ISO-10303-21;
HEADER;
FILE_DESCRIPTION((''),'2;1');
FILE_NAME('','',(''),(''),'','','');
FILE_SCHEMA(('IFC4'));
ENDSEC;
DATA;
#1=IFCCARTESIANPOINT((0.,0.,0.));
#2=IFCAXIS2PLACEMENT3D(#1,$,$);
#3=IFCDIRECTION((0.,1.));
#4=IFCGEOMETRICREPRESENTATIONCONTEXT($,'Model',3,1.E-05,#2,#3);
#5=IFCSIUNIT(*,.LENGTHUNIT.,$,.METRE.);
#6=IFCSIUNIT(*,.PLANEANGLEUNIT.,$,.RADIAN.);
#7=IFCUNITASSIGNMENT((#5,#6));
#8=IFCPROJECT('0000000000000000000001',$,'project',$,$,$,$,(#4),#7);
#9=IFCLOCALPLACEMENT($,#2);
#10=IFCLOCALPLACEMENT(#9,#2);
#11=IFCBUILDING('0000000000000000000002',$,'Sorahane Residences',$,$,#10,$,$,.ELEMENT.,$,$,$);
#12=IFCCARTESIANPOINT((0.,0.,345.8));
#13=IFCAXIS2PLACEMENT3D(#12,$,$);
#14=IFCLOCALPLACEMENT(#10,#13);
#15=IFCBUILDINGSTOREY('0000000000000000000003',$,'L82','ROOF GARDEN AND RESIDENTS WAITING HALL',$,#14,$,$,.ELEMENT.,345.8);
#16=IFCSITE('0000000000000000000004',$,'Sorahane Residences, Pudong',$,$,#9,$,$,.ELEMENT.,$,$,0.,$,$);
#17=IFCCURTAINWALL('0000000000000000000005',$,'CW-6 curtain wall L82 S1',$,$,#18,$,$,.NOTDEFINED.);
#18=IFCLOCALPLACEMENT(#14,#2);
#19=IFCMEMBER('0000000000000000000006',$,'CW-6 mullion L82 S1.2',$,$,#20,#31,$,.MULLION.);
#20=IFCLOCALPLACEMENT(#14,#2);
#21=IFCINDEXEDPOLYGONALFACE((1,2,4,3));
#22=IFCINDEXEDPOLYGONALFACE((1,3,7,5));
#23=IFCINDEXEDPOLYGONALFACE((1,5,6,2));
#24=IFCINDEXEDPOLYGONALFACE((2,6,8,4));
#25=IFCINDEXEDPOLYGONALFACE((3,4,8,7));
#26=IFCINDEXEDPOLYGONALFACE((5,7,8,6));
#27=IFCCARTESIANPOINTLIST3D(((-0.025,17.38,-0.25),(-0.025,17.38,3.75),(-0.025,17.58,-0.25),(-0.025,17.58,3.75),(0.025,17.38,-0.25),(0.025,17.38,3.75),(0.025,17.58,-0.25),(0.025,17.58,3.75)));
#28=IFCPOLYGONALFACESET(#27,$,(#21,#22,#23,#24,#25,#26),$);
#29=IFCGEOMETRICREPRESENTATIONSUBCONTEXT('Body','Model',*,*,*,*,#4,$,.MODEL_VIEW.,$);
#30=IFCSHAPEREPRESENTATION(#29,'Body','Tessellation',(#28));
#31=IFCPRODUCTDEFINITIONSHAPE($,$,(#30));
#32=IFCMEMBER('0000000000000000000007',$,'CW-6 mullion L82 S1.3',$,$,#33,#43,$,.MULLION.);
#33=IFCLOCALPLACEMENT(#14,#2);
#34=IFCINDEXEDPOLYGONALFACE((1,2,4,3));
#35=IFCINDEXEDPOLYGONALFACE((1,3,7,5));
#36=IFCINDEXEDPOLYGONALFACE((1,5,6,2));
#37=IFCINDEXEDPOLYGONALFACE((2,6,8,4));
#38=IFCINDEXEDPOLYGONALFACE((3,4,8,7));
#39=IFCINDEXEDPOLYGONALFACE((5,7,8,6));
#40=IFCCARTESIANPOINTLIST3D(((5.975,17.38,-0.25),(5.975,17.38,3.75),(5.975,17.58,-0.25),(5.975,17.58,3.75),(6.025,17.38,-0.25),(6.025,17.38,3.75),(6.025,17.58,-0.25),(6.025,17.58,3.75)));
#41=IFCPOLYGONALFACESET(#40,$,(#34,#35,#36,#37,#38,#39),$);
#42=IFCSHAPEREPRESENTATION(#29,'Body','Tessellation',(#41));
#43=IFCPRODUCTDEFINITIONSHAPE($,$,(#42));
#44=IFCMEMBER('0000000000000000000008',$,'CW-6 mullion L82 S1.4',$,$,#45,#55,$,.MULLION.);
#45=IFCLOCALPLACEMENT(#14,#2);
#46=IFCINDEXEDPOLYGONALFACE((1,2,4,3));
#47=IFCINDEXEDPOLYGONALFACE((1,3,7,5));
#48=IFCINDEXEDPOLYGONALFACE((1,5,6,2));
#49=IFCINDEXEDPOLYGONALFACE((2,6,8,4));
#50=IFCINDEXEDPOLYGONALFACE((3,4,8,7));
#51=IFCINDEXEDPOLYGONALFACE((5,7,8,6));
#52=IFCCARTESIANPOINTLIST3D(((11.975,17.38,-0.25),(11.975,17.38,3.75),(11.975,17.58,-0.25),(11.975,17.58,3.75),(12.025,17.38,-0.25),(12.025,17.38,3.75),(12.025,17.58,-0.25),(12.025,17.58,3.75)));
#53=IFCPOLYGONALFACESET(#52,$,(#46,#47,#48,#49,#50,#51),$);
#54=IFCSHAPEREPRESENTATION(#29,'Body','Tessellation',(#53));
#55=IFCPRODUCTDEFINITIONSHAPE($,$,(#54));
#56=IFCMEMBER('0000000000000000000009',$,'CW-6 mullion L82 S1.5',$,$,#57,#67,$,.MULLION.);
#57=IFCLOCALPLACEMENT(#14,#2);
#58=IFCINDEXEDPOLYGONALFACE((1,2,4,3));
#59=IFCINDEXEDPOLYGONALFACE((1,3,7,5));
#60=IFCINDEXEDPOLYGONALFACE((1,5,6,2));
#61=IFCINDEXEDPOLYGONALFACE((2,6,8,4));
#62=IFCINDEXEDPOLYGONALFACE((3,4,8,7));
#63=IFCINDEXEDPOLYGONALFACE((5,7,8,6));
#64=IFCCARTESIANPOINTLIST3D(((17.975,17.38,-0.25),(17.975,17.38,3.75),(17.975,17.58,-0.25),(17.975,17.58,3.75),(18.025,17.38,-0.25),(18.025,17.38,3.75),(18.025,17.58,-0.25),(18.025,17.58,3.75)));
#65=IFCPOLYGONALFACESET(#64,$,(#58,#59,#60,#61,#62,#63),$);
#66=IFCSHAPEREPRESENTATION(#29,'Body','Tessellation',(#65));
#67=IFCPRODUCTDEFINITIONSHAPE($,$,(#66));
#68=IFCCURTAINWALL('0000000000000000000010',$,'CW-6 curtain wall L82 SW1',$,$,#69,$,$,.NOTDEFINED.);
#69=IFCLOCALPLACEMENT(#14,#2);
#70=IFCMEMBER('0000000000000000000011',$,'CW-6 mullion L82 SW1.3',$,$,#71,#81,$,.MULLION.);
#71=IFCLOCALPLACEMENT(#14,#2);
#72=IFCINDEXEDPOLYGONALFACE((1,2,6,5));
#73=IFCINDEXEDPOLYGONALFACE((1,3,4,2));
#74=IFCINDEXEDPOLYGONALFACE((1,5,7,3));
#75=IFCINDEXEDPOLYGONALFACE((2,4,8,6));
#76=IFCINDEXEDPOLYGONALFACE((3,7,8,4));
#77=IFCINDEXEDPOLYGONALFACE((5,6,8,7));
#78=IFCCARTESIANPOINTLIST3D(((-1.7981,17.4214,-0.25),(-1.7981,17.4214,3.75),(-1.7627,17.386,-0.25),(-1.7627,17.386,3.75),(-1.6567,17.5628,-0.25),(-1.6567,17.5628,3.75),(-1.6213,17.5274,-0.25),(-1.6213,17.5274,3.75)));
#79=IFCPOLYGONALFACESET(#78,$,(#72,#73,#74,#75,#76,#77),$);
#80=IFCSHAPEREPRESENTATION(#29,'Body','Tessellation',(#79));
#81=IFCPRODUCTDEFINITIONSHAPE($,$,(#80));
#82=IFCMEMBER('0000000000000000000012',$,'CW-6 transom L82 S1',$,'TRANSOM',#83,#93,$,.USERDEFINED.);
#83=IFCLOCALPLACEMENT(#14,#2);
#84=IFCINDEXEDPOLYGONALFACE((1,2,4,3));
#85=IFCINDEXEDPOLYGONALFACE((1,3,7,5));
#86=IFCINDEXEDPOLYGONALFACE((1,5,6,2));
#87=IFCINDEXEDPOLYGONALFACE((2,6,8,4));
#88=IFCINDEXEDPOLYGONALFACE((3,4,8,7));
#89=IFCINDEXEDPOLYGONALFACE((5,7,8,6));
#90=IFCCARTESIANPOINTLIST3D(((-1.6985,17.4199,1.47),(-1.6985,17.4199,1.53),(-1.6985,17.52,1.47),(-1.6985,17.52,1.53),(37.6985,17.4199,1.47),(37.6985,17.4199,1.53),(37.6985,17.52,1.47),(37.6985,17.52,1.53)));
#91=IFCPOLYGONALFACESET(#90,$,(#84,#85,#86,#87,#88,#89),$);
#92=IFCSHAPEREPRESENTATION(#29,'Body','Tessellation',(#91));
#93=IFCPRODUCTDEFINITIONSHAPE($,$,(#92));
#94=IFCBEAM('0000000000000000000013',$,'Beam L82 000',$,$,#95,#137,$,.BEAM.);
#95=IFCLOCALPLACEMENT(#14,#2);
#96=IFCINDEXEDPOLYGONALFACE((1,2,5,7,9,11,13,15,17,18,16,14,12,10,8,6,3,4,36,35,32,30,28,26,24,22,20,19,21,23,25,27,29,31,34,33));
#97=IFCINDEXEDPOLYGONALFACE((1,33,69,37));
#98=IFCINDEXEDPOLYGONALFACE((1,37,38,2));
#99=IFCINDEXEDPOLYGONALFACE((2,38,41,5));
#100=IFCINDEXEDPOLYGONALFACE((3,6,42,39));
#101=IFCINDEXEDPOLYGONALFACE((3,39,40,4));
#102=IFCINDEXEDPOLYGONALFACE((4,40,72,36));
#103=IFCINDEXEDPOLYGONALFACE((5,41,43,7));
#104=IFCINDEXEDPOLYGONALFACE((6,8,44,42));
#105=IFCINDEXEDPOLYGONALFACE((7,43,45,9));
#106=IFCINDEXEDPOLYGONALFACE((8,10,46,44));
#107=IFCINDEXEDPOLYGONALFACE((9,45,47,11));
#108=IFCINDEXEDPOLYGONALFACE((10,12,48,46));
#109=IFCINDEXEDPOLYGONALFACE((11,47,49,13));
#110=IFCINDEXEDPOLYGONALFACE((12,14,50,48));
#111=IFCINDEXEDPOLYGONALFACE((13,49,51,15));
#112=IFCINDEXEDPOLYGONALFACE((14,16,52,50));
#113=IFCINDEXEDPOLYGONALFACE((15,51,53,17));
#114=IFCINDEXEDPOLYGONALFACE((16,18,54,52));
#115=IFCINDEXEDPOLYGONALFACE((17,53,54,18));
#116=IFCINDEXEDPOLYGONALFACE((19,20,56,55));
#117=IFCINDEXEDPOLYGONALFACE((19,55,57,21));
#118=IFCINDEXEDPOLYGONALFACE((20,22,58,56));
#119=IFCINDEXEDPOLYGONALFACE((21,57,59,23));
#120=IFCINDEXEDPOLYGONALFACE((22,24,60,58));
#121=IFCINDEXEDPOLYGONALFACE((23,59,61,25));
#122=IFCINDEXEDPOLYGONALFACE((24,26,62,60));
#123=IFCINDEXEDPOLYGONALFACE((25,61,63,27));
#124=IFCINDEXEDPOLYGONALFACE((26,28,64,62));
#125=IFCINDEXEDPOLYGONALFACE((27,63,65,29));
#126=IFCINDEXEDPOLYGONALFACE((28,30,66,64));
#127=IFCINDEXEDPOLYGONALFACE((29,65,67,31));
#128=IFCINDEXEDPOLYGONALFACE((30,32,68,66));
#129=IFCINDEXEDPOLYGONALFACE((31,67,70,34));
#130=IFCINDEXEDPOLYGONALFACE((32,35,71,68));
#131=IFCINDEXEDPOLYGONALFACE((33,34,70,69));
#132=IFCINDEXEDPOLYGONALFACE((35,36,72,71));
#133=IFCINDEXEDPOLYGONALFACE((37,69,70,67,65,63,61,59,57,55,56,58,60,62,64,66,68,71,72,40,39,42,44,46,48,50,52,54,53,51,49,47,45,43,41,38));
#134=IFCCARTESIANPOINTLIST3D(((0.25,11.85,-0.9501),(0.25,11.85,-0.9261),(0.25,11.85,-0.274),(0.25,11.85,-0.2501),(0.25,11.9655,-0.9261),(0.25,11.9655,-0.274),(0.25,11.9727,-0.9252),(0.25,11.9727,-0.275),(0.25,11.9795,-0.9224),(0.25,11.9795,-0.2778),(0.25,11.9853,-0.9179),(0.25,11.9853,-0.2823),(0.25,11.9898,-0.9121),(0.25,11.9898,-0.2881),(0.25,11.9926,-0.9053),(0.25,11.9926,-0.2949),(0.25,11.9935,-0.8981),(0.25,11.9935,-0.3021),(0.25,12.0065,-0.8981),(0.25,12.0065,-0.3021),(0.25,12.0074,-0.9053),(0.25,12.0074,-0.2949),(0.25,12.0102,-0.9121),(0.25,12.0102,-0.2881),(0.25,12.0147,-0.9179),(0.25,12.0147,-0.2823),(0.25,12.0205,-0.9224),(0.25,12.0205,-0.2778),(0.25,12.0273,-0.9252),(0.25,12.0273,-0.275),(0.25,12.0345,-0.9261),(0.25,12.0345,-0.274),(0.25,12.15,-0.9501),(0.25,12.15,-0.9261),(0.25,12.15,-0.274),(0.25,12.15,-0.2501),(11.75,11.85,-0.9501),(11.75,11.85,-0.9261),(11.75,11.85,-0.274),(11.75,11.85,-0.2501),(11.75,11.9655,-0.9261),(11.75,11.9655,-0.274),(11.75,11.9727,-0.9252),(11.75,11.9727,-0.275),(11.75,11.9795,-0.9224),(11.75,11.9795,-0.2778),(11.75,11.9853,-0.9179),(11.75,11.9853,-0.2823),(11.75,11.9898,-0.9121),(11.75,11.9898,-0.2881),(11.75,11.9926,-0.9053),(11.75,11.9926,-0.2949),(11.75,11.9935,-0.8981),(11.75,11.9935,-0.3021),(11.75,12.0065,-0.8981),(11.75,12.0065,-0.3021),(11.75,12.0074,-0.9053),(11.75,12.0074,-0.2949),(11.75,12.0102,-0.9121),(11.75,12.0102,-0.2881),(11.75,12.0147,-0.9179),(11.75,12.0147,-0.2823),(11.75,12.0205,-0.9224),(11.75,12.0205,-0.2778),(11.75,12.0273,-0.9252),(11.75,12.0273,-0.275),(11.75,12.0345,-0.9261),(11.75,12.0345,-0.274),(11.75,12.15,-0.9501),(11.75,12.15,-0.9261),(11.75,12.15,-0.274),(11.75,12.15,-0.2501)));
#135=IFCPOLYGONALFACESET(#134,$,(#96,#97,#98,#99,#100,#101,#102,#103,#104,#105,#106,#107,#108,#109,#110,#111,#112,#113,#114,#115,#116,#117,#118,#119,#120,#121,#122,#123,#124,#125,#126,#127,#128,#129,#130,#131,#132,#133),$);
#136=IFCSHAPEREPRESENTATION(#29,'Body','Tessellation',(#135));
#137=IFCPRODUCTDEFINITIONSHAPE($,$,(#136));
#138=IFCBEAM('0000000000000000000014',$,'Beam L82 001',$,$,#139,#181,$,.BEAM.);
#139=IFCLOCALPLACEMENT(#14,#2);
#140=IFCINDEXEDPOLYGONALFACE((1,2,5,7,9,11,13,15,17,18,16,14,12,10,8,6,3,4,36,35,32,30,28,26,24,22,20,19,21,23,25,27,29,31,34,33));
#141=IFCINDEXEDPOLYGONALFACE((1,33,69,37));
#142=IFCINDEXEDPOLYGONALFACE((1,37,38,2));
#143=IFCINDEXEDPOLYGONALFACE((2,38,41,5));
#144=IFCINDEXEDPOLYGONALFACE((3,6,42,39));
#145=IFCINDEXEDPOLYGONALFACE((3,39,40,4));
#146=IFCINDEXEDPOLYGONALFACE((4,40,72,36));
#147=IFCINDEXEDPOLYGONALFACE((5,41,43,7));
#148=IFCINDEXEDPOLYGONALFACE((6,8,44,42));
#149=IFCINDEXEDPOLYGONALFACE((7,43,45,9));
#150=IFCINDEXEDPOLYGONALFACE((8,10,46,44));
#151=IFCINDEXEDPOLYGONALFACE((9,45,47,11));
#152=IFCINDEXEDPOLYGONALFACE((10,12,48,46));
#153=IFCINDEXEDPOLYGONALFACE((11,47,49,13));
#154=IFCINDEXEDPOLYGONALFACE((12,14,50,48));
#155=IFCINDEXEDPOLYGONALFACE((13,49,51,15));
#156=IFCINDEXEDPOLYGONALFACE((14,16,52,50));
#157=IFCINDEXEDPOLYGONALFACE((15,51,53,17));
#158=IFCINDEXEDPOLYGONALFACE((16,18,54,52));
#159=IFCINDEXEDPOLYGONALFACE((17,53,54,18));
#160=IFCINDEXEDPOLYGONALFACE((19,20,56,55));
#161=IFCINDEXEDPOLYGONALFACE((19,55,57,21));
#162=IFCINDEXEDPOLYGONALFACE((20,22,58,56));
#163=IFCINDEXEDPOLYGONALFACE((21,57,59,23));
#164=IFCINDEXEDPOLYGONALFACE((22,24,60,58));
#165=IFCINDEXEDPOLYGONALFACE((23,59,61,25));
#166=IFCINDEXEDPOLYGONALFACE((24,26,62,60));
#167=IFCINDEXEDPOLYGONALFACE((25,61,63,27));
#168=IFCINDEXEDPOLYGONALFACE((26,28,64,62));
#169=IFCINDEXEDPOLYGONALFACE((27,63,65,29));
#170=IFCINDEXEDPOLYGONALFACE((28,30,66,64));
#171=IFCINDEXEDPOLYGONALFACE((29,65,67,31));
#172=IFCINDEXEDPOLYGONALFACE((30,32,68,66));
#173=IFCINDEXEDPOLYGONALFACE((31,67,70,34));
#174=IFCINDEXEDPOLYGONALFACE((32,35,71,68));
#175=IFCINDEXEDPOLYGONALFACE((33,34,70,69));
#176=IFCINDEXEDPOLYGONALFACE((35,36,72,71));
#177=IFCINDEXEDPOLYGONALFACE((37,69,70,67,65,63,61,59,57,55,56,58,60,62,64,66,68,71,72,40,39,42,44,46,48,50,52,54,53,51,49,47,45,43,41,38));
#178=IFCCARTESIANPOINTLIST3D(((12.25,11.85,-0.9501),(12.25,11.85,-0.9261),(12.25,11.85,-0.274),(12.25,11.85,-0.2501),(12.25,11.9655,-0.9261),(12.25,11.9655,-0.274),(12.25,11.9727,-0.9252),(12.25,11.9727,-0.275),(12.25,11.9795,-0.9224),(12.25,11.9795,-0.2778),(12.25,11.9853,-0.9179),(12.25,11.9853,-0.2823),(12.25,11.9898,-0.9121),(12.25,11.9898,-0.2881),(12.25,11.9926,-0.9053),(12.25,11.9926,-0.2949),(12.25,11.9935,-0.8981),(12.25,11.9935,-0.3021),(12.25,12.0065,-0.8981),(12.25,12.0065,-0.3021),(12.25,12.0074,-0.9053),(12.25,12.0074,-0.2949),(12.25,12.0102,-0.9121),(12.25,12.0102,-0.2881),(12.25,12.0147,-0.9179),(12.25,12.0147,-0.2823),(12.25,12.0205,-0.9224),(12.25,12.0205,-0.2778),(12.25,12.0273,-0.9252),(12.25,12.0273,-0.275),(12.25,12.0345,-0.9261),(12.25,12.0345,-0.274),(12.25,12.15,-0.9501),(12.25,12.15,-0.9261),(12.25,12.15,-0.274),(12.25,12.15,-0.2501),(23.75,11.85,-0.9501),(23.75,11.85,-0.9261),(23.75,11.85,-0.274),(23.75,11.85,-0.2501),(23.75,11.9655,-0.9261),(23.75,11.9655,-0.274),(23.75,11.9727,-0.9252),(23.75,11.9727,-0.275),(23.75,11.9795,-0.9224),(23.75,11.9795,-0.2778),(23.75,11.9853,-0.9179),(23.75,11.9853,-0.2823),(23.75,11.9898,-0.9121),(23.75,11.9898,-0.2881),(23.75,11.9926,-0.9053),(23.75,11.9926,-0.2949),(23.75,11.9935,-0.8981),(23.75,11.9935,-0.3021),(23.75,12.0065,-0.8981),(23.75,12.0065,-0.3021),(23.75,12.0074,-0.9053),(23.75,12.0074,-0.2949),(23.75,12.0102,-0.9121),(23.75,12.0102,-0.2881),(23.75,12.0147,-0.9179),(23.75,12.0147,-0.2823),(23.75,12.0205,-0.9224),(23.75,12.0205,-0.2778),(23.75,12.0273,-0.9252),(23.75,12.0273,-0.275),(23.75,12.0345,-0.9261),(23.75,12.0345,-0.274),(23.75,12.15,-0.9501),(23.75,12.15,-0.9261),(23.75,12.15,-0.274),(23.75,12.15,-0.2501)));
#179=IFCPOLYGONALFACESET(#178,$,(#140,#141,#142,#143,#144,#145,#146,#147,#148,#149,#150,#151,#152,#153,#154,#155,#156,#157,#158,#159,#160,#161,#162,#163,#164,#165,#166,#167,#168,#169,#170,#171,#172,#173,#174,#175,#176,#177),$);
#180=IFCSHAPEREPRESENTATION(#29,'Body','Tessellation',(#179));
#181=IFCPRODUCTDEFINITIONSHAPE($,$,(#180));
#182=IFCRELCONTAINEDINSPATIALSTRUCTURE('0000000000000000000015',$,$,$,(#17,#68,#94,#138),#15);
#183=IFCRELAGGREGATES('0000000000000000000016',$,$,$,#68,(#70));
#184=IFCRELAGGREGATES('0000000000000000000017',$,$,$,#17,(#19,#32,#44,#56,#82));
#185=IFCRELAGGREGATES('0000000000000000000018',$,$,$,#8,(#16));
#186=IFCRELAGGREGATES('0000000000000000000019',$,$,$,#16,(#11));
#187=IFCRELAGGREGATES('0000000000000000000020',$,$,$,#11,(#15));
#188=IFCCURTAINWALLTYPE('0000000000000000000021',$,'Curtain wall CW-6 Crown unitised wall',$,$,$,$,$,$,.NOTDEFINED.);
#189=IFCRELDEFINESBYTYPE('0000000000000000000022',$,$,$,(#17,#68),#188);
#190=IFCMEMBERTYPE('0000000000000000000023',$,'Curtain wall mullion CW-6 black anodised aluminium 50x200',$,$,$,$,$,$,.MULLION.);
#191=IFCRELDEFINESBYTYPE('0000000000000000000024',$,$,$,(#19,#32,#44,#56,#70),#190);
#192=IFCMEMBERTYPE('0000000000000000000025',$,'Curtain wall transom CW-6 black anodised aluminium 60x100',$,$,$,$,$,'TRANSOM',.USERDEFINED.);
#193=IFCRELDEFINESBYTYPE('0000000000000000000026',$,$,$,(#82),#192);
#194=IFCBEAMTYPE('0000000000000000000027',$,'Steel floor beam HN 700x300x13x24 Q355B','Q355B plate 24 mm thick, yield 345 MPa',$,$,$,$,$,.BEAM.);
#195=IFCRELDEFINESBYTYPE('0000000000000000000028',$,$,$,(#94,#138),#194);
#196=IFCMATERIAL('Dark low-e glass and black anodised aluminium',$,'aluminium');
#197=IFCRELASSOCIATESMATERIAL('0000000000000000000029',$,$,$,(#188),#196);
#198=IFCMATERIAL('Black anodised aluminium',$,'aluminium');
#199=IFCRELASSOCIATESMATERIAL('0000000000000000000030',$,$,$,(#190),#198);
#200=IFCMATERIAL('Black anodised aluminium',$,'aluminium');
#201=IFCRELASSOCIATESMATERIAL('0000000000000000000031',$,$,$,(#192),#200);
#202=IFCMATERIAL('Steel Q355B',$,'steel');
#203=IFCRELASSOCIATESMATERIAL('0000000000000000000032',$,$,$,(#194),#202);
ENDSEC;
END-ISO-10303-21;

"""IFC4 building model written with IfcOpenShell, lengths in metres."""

from ifc_helpers import new_model, si_unit, direction, frame, origin, origin_2d, place, context, subcontext, project, spatial, rectangle, i_section, extrude, material, material_profile, profile_set, type_object, element, aggregate, save


model = new_model("IFC4")

# Units and contexts
model_context = context("Model", 3, precision=1e-05, world=origin(), true_north=direction((0.0, 1.0)))
body_context = subcontext(model_context, "Body", "Model", "MODEL_VIEW")
ifc_project = project(units=[si_unit("LENGTHUNIT", "METRE"), si_unit("PLANEANGLEUNIT", "RADIAN")], contexts=[model_context])

# Site, building, storey
site_placement = place(None, origin())
site = spatial("IfcSite", under=ifc_project, at=site_placement, Name="Sorahane Residences, Pudong", CompositionType="ELEMENT", RefElevation=0.0)
building_placement = place(site_placement, origin())
building = spatial("IfcBuilding", under=site, at=building_placement, Name="Sorahane Residences", CompositionType="ELEMENT")
storey_placement = place(building_placement, frame((0.0, 0.0, 345.8)))
storey = spatial("IfcBuildingStorey", under=building, at=storey_placement, Name="L82", Description="ROOF GARDEN AND RESIDENTS WAITING HALL", CompositionType="ELEMENT", Elevation=345.8)

# Curtain wall, members
ifc_material_1 = material(Name="Dark low-e glass and black anodised aluminium", Category="aluminium")
curtain_wall_type = type_object("IfcCurtainWallType", Name="Curtain wall CW-6 Crown unitised wall", PredefinedType="NOTDEFINED", material=ifc_material_1)
curtain_wall_1_placement = place(storey_placement, origin())
curtain_wall_1 = element("IfcCurtainWall", 1, at=curtain_wall_1_placement, inside=storey, type_object=curtain_wall_type, Name="CW-6 curtain wall L82 S1", PredefinedType="NOTDEFINED")
ifc_material_2 = material(Name="Black anodised aluminium", Category="aluminium")
ifc_material_profile_1 = material_profile(ifc_material_2, rectangle(XDim=0.2, YDim=0.05, at=origin_2d()), Name="Curtain wall mullion CW-6 black anodised aluminium 50x200")
ifc_profile_set_1 = profile_set([ifc_material_profile_1], Name="Black anodised aluminium")
member_type_1 = type_object("IfcMemberType", Name="Curtain wall mullion CW-6 black anodised aluminium 50x200", PredefinedType="MULLION", material=ifc_profile_set_1)
member_1_placement = place(storey_placement, frame((0.0, 17.48, -0.25), z_axis=(0.0, 0.0, 1.0), x_axis=(0.0, -1.0, 0.0)))
member_1 = element("IfcMember", 2, at=member_1_placement, type_object=member_type_1, Name="CW-6 mullion L82 S1.2", PredefinedType="MULLION", context=body_context, shape_type="SweptSolid", body=[
    extrude(rectangle(XDim=0.2, YDim=0.05, at=origin_2d()), origin(), (0.0, 0.0, 1.0), 4.0),
])
member_2_placement = place(storey_placement, frame((6.0, 17.48, -0.25), z_axis=(0.0, 0.0, 1.0), x_axis=(0.0, -1.0, 0.0)))
member_2 = element("IfcMember", 3, at=member_2_placement, type_object=member_type_1, Name="CW-6 mullion L82 S1.3", PredefinedType="MULLION", context=body_context, shape_type="SweptSolid", body=[
    extrude(rectangle(XDim=0.2, YDim=0.05, at=origin_2d()), origin(), (0.0, 0.0, 1.0), 4.0),
])
member_3_placement = place(storey_placement, frame((12.0, 17.48, -0.25), z_axis=(0.0, 0.0, 1.0), x_axis=(0.0, -1.0, 0.0)))
member_3 = element("IfcMember", 4, at=member_3_placement, type_object=member_type_1, Name="CW-6 mullion L82 S1.4", PredefinedType="MULLION", context=body_context, shape_type="SweptSolid", body=[
    extrude(rectangle(XDim=0.2, YDim=0.05, at=origin_2d()), origin(), (0.0, 0.0, 1.0), 4.0),
])
member_4_placement = place(storey_placement, frame((18.0, 17.48, -0.25), z_axis=(0.0, 0.0, 1.0), x_axis=(0.0, -1.0, 0.0)))
member_4 = element("IfcMember", 5, at=member_4_placement, type_object=member_type_1, Name="CW-6 mullion L82 S1.5", PredefinedType="MULLION", context=body_context, shape_type="SweptSolid", body=[
    extrude(rectangle(XDim=0.2, YDim=0.05, at=origin_2d()), origin(), (0.0, 0.0, 1.0), 4.0),
])

# Curtain wall, member
curtain_wall_2_placement = place(storey_placement, origin())
curtain_wall_2 = element("IfcCurtainWall", 6, at=curtain_wall_2_placement, inside=storey, type_object=curtain_wall_type, Name="CW-6 curtain wall L82 SW1", PredefinedType="NOTDEFINED")
member_5_placement = place(storey_placement, frame((-1.7097, 17.4744, -0.25), z_axis=(0.0, 0.0, 1.0), x_axis=(-0.707107, -0.707107, 0.0)))
member_5 = element("IfcMember", 7, at=member_5_placement, type_object=member_type_1, Name="CW-6 mullion L82 SW1.3", PredefinedType="MULLION", context=body_context, shape_type="SweptSolid", body=[
    extrude(rectangle(XDim=0.2, YDim=0.05, at=origin_2d()), origin(), (0.0, 0.0, 1.0), 4.0),
])
aggregate(curtain_wall_2, [member_5])

# Member
ifc_material_3 = material(Name="Black anodised aluminium", Category="aluminium")
ifc_material_profile_2 = material_profile(ifc_material_3, rectangle(XDim=0.1001, YDim=0.0601, at=origin_2d()), Name="Curtain wall transom CW-6 black anodised aluminium 60x100")
ifc_profile_set_2 = profile_set([ifc_material_profile_2], Name="Black anodised aluminium")
member_type_2 = type_object("IfcMemberType", Name="Curtain wall transom CW-6 black anodised aluminium 60x100", ElementType="TRANSOM", PredefinedType="USERDEFINED", material=ifc_profile_set_2)
member_6_placement = place(storey_placement, frame((-1.6985, 17.47, 1.5), z_axis=(1.0, 0.0, 0.0), x_axis=(0.0, 1.0, 0.0)))
member_6 = element("IfcMember", 8, at=member_6_placement, type_object=member_type_2, Name="CW-6 transom L82 S1", ObjectType="TRANSOM", PredefinedType="USERDEFINED", context=body_context, shape_type="SweptSolid", body=[
    extrude(rectangle(XDim=0.1001, YDim=0.0601, at=origin_2d()), origin(), (0.0, 0.0, 1.0), 39.397),
])

# Beams
ifc_material_4 = material(Name="Steel Q355B", Category="steel")
ifc_material_profile_3 = material_profile(ifc_material_4, i_section(OverallWidth=0.3, OverallDepth=0.7, WebThickness=0.0129, FlangeThickness=0.0239, FilletRadius=0.0281, at=origin_2d()), Name="HN 700x300x13x24")
ifc_profile_set_3 = profile_set([ifc_material_profile_3], Name="Steel Q355B")
beam_type = type_object("IfcBeamType", Name="Steel floor beam HN 700x300x13x24 Q355B", Description="Q355B plate 24 mm thick, yield 345 MPa", PredefinedType="BEAM", material=ifc_profile_set_3)
for number, where, z_axis, x_axis, name in (
    (9, (0.25, 12.0, -0.6001), (1.0, 0.0, 0.0), (0.0, 1.0, 0.0), "Beam L82 000"),
    (10, (12.25, 12.0, -0.6001), (1.0, 0.0, 0.0), (0.0, 1.0, 0.0), "Beam L82 001"),
):
    element("IfcBeam", number, at=place(storey_placement, frame(where, z_axis=z_axis, x_axis=x_axis)), inside=storey, type_object=beam_type, Name=name, PredefinedType="BEAM", context=body_context, shape_type="SweptSolid", body=[
        extrude(i_section(OverallWidth=0.3, OverallDepth=0.7, WebThickness=0.0129, FlangeThickness=0.0239, FilletRadius=0.0281, at=origin_2d()), origin(), (0.0, 0.0, 1.0), 11.5),
    ])

aggregate(curtain_wall_1, [member_1, member_2, member_3, member_4, member_6])

save(model, "model.ifc")
